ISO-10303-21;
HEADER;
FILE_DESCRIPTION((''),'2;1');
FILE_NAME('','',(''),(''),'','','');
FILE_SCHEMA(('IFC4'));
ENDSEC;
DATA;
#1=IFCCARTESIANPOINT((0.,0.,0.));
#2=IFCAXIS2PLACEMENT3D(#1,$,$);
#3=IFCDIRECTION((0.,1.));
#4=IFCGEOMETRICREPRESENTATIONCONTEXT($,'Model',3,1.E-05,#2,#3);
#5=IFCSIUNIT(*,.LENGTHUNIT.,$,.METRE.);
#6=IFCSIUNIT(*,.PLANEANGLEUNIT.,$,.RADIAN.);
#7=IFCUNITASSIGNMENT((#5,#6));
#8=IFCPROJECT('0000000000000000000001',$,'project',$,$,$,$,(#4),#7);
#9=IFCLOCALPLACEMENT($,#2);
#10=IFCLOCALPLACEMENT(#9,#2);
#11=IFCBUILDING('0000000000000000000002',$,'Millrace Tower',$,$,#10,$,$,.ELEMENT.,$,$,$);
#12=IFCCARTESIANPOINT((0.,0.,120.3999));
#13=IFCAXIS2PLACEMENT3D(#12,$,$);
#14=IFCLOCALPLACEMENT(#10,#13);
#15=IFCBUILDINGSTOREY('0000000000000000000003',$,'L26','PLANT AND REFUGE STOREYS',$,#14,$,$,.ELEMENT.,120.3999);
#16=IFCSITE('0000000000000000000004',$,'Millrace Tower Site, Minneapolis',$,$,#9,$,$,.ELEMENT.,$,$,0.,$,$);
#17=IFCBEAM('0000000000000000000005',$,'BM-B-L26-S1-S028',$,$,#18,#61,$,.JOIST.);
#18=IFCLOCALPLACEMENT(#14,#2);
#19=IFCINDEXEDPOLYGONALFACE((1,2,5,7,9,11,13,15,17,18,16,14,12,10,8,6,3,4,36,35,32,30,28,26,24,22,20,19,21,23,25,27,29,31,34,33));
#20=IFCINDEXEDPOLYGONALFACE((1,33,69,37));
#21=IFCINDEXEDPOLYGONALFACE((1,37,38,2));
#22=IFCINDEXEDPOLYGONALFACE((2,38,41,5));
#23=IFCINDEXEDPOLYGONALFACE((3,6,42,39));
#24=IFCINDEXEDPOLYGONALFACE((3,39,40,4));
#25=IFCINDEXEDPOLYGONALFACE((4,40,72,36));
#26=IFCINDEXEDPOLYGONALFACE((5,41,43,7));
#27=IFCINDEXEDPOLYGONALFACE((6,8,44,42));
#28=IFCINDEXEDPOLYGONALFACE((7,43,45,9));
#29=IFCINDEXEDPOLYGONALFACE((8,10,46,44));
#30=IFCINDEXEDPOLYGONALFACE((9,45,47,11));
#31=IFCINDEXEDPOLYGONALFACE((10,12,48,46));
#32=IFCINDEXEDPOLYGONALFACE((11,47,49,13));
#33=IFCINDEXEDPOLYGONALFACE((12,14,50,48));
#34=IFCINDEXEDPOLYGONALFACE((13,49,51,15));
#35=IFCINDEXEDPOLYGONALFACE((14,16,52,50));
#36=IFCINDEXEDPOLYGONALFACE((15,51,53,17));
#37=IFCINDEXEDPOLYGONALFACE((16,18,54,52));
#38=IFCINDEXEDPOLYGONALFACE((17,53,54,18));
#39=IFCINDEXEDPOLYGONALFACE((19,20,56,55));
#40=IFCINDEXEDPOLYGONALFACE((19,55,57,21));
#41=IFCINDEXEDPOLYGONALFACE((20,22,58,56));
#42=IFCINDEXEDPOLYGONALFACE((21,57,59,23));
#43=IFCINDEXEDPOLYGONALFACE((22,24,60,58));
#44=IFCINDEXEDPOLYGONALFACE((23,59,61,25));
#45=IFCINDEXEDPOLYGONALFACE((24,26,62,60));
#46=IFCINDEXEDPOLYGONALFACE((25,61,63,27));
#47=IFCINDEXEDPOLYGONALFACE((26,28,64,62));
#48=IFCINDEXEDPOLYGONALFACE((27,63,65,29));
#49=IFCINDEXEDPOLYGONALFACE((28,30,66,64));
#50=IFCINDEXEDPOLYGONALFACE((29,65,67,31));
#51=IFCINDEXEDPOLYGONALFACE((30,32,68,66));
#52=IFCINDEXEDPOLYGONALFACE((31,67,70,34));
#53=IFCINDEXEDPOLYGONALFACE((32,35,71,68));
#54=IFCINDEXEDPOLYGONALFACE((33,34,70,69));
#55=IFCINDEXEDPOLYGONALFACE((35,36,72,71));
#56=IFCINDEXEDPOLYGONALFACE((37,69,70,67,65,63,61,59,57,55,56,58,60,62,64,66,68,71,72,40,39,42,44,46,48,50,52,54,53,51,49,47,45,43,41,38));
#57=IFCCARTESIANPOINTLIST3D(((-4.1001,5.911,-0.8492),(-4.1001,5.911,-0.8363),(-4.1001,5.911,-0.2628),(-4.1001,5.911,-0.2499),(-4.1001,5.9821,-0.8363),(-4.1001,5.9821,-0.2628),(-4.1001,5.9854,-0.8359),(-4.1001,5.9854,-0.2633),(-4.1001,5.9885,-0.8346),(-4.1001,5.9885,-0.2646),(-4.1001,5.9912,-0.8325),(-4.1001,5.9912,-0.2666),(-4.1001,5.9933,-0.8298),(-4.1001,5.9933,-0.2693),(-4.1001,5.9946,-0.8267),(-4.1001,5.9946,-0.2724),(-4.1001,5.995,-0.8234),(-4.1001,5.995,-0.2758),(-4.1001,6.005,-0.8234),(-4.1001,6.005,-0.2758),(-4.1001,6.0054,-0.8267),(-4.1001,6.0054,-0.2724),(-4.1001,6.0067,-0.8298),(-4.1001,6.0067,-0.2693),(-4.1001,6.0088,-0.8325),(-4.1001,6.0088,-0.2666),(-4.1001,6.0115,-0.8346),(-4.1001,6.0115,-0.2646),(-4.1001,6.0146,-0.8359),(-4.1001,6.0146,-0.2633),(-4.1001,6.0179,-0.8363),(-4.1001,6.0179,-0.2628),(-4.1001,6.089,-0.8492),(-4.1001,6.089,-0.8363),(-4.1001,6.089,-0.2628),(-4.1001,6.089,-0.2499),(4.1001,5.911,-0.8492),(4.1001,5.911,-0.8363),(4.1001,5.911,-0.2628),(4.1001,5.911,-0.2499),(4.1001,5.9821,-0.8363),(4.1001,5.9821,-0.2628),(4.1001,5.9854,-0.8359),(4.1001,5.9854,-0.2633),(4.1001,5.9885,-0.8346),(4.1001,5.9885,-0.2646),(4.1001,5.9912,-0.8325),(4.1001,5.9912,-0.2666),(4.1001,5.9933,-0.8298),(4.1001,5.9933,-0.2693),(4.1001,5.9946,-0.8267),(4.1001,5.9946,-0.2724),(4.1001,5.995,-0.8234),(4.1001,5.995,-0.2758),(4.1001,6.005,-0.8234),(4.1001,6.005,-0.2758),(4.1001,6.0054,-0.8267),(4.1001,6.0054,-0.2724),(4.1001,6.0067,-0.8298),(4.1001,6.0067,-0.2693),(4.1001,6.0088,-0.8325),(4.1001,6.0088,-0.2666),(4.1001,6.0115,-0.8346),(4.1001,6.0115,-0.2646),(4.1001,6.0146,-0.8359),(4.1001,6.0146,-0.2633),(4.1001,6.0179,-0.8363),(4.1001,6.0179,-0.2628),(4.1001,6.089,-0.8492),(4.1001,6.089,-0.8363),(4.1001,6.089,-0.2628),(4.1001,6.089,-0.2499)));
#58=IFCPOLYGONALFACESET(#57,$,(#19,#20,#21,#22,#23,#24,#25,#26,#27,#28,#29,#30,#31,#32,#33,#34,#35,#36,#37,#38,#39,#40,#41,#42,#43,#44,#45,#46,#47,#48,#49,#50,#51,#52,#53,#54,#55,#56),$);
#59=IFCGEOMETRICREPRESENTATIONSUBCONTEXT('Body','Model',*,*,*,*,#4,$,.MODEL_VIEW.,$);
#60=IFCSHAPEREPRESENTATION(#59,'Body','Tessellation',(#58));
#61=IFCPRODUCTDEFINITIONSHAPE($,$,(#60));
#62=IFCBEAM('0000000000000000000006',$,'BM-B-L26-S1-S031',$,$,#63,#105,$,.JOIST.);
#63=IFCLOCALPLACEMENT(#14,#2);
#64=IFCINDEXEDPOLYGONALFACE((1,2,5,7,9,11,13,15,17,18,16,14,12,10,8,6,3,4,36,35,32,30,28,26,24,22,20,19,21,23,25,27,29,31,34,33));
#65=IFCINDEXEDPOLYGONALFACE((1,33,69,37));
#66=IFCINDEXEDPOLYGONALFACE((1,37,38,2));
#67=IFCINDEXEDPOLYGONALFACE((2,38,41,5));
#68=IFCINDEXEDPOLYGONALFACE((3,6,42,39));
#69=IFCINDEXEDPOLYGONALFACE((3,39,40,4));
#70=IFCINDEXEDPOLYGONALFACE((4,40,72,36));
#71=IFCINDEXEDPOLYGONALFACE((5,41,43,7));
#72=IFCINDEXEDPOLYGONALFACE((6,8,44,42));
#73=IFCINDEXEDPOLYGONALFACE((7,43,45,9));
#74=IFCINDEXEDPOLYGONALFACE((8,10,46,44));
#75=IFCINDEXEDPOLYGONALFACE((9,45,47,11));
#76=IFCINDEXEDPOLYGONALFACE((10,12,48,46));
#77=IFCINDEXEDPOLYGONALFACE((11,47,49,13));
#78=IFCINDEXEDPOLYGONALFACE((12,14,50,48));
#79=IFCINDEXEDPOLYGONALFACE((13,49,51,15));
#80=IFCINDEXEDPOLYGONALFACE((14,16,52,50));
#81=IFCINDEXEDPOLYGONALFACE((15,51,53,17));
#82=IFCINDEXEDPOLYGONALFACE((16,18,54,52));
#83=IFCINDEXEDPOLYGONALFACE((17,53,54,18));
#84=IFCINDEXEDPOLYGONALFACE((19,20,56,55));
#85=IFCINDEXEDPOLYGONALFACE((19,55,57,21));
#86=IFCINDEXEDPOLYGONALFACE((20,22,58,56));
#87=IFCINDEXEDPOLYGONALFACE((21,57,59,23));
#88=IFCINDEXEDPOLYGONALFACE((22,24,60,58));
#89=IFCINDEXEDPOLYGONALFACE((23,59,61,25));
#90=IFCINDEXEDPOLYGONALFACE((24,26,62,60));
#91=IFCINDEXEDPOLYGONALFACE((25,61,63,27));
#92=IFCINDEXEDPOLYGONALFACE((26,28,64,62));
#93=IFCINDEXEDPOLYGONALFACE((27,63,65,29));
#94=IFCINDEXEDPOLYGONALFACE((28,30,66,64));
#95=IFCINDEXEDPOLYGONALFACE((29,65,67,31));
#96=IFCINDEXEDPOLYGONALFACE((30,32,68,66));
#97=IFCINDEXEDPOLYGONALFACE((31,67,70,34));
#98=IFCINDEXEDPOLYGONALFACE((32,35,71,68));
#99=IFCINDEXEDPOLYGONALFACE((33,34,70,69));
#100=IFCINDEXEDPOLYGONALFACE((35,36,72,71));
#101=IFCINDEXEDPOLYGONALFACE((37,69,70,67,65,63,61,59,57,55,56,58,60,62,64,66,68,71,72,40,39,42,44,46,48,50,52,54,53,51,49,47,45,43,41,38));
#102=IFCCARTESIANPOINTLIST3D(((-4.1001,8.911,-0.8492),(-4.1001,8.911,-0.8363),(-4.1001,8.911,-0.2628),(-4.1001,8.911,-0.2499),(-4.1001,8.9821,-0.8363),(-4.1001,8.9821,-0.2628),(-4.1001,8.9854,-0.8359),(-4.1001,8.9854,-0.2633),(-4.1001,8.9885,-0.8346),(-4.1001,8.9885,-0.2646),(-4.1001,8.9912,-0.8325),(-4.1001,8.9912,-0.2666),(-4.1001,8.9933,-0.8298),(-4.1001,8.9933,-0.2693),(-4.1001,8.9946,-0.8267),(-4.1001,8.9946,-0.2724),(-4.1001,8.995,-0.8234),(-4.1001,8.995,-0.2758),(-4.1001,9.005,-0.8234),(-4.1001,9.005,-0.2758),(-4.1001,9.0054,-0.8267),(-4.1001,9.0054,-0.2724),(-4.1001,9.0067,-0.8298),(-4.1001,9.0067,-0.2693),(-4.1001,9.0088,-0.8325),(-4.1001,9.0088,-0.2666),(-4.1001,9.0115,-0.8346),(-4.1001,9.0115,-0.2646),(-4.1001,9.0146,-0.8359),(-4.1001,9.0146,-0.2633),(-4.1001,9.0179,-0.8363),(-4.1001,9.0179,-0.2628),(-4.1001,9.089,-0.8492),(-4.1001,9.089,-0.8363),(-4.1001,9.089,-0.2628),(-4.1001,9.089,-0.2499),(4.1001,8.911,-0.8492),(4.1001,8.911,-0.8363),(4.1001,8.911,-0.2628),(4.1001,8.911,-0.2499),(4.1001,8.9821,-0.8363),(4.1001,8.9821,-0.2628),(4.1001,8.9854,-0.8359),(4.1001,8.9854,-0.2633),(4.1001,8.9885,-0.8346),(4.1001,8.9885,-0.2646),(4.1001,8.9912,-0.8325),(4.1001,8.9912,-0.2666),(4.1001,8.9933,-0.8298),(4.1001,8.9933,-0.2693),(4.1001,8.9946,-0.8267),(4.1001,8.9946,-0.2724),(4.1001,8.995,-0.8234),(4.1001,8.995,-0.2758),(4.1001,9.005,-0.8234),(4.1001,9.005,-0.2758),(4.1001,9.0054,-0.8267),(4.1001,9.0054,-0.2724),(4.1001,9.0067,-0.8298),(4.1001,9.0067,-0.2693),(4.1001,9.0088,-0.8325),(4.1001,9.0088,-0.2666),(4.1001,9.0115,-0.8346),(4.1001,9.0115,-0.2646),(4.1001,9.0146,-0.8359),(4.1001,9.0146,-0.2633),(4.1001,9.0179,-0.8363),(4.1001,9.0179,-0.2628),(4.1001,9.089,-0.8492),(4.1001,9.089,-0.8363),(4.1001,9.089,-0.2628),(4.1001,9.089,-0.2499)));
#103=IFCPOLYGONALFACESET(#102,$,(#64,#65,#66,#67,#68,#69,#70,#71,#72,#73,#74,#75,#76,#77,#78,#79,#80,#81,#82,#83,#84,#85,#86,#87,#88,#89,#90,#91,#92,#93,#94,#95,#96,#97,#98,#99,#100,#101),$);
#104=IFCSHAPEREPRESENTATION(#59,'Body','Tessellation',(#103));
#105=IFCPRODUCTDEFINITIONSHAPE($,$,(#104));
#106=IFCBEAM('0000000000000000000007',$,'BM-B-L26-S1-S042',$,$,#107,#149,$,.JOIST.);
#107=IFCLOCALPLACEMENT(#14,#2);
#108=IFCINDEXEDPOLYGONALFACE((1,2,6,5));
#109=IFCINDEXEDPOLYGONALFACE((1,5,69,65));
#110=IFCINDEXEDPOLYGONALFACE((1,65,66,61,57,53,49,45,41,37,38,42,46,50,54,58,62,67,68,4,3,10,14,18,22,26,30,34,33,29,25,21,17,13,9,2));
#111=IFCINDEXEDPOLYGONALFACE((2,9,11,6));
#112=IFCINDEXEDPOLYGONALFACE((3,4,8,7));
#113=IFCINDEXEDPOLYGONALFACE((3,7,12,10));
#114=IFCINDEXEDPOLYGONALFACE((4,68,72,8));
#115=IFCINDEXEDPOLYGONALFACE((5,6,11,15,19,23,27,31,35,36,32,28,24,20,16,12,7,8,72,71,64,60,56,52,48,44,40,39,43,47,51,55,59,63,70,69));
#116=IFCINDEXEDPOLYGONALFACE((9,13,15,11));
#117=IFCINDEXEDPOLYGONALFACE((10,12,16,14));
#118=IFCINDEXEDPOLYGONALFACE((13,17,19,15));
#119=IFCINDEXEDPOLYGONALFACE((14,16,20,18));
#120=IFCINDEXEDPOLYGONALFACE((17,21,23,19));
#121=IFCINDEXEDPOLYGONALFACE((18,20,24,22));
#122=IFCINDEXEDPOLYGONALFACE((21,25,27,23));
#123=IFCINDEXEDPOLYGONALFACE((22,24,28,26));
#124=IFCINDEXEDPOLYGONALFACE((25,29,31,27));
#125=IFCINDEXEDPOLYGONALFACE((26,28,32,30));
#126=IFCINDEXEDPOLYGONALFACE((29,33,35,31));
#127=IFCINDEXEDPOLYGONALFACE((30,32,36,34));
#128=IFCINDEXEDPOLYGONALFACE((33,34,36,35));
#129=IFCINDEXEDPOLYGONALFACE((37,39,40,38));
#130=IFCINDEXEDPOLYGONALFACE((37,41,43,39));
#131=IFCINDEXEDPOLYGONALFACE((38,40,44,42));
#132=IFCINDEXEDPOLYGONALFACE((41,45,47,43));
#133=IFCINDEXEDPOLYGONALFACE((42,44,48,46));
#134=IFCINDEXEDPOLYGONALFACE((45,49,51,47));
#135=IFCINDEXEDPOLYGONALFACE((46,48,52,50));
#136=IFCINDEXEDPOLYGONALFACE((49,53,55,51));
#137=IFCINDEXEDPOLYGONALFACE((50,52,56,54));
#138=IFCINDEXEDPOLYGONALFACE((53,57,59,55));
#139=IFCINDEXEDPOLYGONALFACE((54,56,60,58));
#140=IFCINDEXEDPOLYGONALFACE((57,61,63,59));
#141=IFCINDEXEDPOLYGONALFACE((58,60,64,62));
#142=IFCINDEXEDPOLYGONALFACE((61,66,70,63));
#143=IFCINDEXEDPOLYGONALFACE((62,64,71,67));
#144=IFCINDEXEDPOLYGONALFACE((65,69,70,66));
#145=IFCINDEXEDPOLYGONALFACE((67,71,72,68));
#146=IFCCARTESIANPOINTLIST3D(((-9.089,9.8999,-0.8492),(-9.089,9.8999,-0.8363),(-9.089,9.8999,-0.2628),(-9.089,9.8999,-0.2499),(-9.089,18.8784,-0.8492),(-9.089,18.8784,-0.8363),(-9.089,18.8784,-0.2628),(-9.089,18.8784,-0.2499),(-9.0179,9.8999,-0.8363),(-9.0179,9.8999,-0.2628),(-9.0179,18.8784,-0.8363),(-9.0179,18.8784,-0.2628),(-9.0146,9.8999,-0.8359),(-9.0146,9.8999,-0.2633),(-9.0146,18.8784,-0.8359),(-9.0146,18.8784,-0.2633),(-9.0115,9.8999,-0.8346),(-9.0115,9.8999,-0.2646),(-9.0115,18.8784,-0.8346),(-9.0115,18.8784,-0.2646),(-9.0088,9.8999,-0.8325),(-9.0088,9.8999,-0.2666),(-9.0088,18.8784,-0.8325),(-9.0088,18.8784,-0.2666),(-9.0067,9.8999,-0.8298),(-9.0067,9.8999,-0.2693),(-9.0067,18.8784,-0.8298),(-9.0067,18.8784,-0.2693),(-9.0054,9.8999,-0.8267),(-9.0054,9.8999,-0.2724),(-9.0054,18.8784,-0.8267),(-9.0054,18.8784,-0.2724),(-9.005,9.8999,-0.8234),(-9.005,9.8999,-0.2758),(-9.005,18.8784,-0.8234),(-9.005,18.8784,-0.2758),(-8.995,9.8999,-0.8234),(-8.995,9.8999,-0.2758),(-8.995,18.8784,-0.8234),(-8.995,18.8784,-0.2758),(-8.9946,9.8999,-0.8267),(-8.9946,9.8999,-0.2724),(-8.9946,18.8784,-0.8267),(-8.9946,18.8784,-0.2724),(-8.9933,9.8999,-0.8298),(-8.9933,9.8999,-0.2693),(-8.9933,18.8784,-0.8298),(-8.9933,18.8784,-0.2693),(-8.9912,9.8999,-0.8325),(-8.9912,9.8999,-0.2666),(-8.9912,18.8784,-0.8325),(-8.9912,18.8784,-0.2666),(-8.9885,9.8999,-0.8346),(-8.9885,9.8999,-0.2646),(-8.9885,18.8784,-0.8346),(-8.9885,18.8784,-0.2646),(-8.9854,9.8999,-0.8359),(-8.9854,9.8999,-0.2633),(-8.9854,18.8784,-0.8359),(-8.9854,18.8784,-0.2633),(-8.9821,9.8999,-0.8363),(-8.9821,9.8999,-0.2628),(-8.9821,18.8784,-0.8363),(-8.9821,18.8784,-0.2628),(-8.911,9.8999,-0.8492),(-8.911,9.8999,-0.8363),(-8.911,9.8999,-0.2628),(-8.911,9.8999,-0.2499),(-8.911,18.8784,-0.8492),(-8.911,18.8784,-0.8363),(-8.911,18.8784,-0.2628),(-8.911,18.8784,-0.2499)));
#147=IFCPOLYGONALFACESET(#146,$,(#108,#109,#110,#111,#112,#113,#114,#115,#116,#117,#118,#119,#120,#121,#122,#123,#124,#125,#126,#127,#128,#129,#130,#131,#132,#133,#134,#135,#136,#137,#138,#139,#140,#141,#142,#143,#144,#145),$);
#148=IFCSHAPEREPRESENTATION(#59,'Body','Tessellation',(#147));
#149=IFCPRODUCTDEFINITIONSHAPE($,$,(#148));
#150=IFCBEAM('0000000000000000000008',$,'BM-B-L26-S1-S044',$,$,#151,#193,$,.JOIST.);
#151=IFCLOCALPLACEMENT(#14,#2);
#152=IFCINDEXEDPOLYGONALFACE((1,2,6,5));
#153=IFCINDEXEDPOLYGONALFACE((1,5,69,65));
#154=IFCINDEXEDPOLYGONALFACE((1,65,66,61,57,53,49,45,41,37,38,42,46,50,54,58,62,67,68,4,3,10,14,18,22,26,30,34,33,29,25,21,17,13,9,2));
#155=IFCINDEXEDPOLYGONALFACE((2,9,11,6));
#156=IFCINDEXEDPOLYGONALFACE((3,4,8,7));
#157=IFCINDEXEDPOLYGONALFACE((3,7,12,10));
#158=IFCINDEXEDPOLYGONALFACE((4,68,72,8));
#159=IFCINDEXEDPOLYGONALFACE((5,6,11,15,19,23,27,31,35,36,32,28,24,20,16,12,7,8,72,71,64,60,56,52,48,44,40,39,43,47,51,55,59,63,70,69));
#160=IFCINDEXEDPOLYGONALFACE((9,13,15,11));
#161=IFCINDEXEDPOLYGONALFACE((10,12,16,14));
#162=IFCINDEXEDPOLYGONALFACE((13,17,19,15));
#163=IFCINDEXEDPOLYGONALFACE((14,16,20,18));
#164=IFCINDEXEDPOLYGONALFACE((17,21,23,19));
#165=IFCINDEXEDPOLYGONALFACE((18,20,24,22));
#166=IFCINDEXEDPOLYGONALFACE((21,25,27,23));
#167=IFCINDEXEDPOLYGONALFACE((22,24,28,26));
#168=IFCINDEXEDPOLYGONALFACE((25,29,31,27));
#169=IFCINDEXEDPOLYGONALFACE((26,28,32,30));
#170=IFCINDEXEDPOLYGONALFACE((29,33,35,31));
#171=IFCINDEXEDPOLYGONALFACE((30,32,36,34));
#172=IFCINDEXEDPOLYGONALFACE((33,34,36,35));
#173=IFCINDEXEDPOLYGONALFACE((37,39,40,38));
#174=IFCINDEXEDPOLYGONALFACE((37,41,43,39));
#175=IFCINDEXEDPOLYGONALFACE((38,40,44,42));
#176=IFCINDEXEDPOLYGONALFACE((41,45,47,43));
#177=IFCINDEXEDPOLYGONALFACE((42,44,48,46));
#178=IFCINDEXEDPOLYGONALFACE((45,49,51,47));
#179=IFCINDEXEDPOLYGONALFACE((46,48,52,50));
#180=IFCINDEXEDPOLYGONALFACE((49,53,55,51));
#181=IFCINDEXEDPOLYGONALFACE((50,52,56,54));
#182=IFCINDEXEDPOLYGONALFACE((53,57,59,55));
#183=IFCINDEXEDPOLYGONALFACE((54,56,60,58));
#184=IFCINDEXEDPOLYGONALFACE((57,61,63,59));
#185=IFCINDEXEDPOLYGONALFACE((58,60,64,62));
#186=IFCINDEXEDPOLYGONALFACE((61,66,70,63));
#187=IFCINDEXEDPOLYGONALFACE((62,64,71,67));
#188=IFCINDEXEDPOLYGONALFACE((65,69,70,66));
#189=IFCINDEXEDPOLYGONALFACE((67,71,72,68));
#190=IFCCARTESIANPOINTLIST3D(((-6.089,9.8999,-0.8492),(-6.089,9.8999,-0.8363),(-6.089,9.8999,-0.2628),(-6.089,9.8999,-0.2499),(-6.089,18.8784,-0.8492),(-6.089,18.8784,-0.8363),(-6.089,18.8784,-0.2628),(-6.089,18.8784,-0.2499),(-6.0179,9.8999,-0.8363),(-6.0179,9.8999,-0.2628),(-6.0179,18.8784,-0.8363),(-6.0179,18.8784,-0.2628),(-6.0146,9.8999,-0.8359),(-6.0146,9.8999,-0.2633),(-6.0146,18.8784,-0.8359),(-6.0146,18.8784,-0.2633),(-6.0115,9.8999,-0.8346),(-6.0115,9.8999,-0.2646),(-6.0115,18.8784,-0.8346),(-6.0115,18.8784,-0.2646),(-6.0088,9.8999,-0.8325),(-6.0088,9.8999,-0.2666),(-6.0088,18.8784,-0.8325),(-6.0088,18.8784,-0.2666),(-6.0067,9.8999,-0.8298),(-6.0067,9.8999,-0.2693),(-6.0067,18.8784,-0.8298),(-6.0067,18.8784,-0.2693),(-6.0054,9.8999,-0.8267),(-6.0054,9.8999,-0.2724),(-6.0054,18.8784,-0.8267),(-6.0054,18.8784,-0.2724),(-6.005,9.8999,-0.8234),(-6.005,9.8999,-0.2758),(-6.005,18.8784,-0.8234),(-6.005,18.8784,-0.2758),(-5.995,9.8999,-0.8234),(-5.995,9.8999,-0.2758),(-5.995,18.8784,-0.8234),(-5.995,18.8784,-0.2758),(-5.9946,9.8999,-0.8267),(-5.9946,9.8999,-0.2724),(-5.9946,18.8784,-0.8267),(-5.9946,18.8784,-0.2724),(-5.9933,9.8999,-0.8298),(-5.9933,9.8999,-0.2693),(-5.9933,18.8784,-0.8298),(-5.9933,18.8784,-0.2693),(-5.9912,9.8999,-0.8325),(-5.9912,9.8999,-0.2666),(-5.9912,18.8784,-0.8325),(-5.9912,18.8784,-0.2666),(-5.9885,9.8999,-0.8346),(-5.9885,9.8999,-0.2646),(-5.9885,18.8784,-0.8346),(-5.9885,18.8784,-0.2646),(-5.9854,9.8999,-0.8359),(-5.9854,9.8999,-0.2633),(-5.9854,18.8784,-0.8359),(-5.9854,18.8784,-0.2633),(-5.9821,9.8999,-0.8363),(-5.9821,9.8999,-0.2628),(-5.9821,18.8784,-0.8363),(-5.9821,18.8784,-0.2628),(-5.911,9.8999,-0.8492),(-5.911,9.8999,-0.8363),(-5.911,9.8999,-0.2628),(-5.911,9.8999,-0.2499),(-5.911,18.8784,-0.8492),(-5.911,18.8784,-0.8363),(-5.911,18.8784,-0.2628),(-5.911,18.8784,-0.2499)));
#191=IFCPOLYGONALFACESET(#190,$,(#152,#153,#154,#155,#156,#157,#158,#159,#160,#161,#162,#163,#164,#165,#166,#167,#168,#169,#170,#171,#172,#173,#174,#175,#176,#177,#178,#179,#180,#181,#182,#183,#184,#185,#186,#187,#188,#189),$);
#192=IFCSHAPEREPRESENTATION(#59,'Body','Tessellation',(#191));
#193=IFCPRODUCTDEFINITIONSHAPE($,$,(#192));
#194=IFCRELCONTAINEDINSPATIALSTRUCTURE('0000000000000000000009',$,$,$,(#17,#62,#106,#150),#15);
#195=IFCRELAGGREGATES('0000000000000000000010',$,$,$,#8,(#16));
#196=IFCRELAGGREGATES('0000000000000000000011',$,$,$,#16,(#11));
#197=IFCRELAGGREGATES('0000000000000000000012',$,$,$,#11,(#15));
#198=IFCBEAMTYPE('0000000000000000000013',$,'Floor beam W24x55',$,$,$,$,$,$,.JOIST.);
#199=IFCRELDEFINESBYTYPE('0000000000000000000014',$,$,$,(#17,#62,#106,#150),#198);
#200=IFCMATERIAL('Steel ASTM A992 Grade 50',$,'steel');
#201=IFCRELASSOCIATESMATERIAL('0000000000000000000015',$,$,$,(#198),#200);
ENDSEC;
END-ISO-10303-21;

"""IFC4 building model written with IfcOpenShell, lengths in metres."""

from ifc_helpers import new_model, si_unit, direction, frame, origin, origin_2d, place, context, subcontext, project, spatial, i_section, extrude, material, material_profile, profile_set, type_object, element, save


model = new_model("IFC4")

# Units and contexts
model_context = context("Model", 3, precision=1e-05, world=origin(), true_north=direction((0.0, 1.0)))
body_context = subcontext(model_context, "Body", "Model", "MODEL_VIEW")
ifc_project = project(units=[si_unit("LENGTHUNIT", "METRE"), si_unit("PLANEANGLEUNIT", "RADIAN")], contexts=[model_context])

# Site, building, storey
site_placement = place(None, origin())
site = spatial("IfcSite", under=ifc_project, at=site_placement, Name="Millrace Tower Site, Minneapolis", CompositionType="ELEMENT", RefElevation=0.0)
building_placement = place(site_placement, origin())
building = spatial("IfcBuilding", under=site, at=building_placement, Name="Millrace Tower", CompositionType="ELEMENT")
storey_placement = place(building_placement, frame((0.0, 0.0, 120.3999)))
storey = spatial("IfcBuildingStorey", under=building, at=storey_placement, Name="L26", Description="PLANT AND REFUGE STOREYS", CompositionType="ELEMENT", Elevation=120.3999)

# Beams
ifc_material_1 = material(Name="Steel ASTM A992 Grade 50", Category="steel")
ifc_material_profile_1 = material_profile(ifc_material_1, i_section(OverallWidth=0.178, OverallDepth=0.5994, WebThickness=0.01, FlangeThickness=0.0129, FilletRadius=0.0129, at=origin_2d()))
ifc_profile_set_1 = profile_set([ifc_material_profile_1], Name="Steel ASTM A992 Grade 50")
beam_type_1 = type_object("IfcBeamType", Name="Floor beam W24x55", PredefinedType="JOIST", material=ifc_profile_set_1)
for number, where, z_axis, x_axis, name in (
    (1, (-4.1001, 6.0, -0.5496), (1.0, 0.0, 0.0), (0.0, 1.0, 0.0), "BM-B-L26-S1-S028"),
    (2, (-4.1001, 9.0, -0.5496), (1.0, 0.0, 0.0), (0.0, 1.0, 0.0), "BM-B-L26-S1-S031"),
):
    element("IfcBeam", number, at=place(storey_placement, frame(where, z_axis=z_axis, x_axis=x_axis)), inside=storey, type_object=beam_type_1, Name=name, PredefinedType="JOIST", context=body_context, shape_type="SweptSolid", body=[
        extrude(i_section(OverallWidth=0.178, OverallDepth=0.5994, WebThickness=0.01, FlangeThickness=0.0129, FilletRadius=0.0129, at=origin_2d()), origin(), (0.0, 0.0, 1.0), 8.2002),
    ])
for number, where, z_axis, x_axis, name in (
    (3, (-9.0, 9.8999, -0.5496), (0.0, 1.0, 0.0), (-1.0, 0.0, 0.0), "BM-B-L26-S1-S042"),
    (4, (-6.0, 9.8999, -0.5496), (0.0, 1.0, 0.0), (-1.0, 0.0, 0.0), "BM-B-L26-S1-S044"),
):
    element("IfcBeam", number, at=place(storey_placement, frame(where, z_axis=z_axis, x_axis=x_axis)), inside=storey, type_object=beam_type_1, Name=name, PredefinedType="JOIST", context=body_context, shape_type="SweptSolid", body=[
        extrude(i_section(OverallWidth=0.178, OverallDepth=0.5994, WebThickness=0.01, FlangeThickness=0.0129, FilletRadius=0.0129, at=origin_2d()), origin(), (0.0, 0.0, 1.0), 8.9785),
    ])

save(model, "model.ifc")
